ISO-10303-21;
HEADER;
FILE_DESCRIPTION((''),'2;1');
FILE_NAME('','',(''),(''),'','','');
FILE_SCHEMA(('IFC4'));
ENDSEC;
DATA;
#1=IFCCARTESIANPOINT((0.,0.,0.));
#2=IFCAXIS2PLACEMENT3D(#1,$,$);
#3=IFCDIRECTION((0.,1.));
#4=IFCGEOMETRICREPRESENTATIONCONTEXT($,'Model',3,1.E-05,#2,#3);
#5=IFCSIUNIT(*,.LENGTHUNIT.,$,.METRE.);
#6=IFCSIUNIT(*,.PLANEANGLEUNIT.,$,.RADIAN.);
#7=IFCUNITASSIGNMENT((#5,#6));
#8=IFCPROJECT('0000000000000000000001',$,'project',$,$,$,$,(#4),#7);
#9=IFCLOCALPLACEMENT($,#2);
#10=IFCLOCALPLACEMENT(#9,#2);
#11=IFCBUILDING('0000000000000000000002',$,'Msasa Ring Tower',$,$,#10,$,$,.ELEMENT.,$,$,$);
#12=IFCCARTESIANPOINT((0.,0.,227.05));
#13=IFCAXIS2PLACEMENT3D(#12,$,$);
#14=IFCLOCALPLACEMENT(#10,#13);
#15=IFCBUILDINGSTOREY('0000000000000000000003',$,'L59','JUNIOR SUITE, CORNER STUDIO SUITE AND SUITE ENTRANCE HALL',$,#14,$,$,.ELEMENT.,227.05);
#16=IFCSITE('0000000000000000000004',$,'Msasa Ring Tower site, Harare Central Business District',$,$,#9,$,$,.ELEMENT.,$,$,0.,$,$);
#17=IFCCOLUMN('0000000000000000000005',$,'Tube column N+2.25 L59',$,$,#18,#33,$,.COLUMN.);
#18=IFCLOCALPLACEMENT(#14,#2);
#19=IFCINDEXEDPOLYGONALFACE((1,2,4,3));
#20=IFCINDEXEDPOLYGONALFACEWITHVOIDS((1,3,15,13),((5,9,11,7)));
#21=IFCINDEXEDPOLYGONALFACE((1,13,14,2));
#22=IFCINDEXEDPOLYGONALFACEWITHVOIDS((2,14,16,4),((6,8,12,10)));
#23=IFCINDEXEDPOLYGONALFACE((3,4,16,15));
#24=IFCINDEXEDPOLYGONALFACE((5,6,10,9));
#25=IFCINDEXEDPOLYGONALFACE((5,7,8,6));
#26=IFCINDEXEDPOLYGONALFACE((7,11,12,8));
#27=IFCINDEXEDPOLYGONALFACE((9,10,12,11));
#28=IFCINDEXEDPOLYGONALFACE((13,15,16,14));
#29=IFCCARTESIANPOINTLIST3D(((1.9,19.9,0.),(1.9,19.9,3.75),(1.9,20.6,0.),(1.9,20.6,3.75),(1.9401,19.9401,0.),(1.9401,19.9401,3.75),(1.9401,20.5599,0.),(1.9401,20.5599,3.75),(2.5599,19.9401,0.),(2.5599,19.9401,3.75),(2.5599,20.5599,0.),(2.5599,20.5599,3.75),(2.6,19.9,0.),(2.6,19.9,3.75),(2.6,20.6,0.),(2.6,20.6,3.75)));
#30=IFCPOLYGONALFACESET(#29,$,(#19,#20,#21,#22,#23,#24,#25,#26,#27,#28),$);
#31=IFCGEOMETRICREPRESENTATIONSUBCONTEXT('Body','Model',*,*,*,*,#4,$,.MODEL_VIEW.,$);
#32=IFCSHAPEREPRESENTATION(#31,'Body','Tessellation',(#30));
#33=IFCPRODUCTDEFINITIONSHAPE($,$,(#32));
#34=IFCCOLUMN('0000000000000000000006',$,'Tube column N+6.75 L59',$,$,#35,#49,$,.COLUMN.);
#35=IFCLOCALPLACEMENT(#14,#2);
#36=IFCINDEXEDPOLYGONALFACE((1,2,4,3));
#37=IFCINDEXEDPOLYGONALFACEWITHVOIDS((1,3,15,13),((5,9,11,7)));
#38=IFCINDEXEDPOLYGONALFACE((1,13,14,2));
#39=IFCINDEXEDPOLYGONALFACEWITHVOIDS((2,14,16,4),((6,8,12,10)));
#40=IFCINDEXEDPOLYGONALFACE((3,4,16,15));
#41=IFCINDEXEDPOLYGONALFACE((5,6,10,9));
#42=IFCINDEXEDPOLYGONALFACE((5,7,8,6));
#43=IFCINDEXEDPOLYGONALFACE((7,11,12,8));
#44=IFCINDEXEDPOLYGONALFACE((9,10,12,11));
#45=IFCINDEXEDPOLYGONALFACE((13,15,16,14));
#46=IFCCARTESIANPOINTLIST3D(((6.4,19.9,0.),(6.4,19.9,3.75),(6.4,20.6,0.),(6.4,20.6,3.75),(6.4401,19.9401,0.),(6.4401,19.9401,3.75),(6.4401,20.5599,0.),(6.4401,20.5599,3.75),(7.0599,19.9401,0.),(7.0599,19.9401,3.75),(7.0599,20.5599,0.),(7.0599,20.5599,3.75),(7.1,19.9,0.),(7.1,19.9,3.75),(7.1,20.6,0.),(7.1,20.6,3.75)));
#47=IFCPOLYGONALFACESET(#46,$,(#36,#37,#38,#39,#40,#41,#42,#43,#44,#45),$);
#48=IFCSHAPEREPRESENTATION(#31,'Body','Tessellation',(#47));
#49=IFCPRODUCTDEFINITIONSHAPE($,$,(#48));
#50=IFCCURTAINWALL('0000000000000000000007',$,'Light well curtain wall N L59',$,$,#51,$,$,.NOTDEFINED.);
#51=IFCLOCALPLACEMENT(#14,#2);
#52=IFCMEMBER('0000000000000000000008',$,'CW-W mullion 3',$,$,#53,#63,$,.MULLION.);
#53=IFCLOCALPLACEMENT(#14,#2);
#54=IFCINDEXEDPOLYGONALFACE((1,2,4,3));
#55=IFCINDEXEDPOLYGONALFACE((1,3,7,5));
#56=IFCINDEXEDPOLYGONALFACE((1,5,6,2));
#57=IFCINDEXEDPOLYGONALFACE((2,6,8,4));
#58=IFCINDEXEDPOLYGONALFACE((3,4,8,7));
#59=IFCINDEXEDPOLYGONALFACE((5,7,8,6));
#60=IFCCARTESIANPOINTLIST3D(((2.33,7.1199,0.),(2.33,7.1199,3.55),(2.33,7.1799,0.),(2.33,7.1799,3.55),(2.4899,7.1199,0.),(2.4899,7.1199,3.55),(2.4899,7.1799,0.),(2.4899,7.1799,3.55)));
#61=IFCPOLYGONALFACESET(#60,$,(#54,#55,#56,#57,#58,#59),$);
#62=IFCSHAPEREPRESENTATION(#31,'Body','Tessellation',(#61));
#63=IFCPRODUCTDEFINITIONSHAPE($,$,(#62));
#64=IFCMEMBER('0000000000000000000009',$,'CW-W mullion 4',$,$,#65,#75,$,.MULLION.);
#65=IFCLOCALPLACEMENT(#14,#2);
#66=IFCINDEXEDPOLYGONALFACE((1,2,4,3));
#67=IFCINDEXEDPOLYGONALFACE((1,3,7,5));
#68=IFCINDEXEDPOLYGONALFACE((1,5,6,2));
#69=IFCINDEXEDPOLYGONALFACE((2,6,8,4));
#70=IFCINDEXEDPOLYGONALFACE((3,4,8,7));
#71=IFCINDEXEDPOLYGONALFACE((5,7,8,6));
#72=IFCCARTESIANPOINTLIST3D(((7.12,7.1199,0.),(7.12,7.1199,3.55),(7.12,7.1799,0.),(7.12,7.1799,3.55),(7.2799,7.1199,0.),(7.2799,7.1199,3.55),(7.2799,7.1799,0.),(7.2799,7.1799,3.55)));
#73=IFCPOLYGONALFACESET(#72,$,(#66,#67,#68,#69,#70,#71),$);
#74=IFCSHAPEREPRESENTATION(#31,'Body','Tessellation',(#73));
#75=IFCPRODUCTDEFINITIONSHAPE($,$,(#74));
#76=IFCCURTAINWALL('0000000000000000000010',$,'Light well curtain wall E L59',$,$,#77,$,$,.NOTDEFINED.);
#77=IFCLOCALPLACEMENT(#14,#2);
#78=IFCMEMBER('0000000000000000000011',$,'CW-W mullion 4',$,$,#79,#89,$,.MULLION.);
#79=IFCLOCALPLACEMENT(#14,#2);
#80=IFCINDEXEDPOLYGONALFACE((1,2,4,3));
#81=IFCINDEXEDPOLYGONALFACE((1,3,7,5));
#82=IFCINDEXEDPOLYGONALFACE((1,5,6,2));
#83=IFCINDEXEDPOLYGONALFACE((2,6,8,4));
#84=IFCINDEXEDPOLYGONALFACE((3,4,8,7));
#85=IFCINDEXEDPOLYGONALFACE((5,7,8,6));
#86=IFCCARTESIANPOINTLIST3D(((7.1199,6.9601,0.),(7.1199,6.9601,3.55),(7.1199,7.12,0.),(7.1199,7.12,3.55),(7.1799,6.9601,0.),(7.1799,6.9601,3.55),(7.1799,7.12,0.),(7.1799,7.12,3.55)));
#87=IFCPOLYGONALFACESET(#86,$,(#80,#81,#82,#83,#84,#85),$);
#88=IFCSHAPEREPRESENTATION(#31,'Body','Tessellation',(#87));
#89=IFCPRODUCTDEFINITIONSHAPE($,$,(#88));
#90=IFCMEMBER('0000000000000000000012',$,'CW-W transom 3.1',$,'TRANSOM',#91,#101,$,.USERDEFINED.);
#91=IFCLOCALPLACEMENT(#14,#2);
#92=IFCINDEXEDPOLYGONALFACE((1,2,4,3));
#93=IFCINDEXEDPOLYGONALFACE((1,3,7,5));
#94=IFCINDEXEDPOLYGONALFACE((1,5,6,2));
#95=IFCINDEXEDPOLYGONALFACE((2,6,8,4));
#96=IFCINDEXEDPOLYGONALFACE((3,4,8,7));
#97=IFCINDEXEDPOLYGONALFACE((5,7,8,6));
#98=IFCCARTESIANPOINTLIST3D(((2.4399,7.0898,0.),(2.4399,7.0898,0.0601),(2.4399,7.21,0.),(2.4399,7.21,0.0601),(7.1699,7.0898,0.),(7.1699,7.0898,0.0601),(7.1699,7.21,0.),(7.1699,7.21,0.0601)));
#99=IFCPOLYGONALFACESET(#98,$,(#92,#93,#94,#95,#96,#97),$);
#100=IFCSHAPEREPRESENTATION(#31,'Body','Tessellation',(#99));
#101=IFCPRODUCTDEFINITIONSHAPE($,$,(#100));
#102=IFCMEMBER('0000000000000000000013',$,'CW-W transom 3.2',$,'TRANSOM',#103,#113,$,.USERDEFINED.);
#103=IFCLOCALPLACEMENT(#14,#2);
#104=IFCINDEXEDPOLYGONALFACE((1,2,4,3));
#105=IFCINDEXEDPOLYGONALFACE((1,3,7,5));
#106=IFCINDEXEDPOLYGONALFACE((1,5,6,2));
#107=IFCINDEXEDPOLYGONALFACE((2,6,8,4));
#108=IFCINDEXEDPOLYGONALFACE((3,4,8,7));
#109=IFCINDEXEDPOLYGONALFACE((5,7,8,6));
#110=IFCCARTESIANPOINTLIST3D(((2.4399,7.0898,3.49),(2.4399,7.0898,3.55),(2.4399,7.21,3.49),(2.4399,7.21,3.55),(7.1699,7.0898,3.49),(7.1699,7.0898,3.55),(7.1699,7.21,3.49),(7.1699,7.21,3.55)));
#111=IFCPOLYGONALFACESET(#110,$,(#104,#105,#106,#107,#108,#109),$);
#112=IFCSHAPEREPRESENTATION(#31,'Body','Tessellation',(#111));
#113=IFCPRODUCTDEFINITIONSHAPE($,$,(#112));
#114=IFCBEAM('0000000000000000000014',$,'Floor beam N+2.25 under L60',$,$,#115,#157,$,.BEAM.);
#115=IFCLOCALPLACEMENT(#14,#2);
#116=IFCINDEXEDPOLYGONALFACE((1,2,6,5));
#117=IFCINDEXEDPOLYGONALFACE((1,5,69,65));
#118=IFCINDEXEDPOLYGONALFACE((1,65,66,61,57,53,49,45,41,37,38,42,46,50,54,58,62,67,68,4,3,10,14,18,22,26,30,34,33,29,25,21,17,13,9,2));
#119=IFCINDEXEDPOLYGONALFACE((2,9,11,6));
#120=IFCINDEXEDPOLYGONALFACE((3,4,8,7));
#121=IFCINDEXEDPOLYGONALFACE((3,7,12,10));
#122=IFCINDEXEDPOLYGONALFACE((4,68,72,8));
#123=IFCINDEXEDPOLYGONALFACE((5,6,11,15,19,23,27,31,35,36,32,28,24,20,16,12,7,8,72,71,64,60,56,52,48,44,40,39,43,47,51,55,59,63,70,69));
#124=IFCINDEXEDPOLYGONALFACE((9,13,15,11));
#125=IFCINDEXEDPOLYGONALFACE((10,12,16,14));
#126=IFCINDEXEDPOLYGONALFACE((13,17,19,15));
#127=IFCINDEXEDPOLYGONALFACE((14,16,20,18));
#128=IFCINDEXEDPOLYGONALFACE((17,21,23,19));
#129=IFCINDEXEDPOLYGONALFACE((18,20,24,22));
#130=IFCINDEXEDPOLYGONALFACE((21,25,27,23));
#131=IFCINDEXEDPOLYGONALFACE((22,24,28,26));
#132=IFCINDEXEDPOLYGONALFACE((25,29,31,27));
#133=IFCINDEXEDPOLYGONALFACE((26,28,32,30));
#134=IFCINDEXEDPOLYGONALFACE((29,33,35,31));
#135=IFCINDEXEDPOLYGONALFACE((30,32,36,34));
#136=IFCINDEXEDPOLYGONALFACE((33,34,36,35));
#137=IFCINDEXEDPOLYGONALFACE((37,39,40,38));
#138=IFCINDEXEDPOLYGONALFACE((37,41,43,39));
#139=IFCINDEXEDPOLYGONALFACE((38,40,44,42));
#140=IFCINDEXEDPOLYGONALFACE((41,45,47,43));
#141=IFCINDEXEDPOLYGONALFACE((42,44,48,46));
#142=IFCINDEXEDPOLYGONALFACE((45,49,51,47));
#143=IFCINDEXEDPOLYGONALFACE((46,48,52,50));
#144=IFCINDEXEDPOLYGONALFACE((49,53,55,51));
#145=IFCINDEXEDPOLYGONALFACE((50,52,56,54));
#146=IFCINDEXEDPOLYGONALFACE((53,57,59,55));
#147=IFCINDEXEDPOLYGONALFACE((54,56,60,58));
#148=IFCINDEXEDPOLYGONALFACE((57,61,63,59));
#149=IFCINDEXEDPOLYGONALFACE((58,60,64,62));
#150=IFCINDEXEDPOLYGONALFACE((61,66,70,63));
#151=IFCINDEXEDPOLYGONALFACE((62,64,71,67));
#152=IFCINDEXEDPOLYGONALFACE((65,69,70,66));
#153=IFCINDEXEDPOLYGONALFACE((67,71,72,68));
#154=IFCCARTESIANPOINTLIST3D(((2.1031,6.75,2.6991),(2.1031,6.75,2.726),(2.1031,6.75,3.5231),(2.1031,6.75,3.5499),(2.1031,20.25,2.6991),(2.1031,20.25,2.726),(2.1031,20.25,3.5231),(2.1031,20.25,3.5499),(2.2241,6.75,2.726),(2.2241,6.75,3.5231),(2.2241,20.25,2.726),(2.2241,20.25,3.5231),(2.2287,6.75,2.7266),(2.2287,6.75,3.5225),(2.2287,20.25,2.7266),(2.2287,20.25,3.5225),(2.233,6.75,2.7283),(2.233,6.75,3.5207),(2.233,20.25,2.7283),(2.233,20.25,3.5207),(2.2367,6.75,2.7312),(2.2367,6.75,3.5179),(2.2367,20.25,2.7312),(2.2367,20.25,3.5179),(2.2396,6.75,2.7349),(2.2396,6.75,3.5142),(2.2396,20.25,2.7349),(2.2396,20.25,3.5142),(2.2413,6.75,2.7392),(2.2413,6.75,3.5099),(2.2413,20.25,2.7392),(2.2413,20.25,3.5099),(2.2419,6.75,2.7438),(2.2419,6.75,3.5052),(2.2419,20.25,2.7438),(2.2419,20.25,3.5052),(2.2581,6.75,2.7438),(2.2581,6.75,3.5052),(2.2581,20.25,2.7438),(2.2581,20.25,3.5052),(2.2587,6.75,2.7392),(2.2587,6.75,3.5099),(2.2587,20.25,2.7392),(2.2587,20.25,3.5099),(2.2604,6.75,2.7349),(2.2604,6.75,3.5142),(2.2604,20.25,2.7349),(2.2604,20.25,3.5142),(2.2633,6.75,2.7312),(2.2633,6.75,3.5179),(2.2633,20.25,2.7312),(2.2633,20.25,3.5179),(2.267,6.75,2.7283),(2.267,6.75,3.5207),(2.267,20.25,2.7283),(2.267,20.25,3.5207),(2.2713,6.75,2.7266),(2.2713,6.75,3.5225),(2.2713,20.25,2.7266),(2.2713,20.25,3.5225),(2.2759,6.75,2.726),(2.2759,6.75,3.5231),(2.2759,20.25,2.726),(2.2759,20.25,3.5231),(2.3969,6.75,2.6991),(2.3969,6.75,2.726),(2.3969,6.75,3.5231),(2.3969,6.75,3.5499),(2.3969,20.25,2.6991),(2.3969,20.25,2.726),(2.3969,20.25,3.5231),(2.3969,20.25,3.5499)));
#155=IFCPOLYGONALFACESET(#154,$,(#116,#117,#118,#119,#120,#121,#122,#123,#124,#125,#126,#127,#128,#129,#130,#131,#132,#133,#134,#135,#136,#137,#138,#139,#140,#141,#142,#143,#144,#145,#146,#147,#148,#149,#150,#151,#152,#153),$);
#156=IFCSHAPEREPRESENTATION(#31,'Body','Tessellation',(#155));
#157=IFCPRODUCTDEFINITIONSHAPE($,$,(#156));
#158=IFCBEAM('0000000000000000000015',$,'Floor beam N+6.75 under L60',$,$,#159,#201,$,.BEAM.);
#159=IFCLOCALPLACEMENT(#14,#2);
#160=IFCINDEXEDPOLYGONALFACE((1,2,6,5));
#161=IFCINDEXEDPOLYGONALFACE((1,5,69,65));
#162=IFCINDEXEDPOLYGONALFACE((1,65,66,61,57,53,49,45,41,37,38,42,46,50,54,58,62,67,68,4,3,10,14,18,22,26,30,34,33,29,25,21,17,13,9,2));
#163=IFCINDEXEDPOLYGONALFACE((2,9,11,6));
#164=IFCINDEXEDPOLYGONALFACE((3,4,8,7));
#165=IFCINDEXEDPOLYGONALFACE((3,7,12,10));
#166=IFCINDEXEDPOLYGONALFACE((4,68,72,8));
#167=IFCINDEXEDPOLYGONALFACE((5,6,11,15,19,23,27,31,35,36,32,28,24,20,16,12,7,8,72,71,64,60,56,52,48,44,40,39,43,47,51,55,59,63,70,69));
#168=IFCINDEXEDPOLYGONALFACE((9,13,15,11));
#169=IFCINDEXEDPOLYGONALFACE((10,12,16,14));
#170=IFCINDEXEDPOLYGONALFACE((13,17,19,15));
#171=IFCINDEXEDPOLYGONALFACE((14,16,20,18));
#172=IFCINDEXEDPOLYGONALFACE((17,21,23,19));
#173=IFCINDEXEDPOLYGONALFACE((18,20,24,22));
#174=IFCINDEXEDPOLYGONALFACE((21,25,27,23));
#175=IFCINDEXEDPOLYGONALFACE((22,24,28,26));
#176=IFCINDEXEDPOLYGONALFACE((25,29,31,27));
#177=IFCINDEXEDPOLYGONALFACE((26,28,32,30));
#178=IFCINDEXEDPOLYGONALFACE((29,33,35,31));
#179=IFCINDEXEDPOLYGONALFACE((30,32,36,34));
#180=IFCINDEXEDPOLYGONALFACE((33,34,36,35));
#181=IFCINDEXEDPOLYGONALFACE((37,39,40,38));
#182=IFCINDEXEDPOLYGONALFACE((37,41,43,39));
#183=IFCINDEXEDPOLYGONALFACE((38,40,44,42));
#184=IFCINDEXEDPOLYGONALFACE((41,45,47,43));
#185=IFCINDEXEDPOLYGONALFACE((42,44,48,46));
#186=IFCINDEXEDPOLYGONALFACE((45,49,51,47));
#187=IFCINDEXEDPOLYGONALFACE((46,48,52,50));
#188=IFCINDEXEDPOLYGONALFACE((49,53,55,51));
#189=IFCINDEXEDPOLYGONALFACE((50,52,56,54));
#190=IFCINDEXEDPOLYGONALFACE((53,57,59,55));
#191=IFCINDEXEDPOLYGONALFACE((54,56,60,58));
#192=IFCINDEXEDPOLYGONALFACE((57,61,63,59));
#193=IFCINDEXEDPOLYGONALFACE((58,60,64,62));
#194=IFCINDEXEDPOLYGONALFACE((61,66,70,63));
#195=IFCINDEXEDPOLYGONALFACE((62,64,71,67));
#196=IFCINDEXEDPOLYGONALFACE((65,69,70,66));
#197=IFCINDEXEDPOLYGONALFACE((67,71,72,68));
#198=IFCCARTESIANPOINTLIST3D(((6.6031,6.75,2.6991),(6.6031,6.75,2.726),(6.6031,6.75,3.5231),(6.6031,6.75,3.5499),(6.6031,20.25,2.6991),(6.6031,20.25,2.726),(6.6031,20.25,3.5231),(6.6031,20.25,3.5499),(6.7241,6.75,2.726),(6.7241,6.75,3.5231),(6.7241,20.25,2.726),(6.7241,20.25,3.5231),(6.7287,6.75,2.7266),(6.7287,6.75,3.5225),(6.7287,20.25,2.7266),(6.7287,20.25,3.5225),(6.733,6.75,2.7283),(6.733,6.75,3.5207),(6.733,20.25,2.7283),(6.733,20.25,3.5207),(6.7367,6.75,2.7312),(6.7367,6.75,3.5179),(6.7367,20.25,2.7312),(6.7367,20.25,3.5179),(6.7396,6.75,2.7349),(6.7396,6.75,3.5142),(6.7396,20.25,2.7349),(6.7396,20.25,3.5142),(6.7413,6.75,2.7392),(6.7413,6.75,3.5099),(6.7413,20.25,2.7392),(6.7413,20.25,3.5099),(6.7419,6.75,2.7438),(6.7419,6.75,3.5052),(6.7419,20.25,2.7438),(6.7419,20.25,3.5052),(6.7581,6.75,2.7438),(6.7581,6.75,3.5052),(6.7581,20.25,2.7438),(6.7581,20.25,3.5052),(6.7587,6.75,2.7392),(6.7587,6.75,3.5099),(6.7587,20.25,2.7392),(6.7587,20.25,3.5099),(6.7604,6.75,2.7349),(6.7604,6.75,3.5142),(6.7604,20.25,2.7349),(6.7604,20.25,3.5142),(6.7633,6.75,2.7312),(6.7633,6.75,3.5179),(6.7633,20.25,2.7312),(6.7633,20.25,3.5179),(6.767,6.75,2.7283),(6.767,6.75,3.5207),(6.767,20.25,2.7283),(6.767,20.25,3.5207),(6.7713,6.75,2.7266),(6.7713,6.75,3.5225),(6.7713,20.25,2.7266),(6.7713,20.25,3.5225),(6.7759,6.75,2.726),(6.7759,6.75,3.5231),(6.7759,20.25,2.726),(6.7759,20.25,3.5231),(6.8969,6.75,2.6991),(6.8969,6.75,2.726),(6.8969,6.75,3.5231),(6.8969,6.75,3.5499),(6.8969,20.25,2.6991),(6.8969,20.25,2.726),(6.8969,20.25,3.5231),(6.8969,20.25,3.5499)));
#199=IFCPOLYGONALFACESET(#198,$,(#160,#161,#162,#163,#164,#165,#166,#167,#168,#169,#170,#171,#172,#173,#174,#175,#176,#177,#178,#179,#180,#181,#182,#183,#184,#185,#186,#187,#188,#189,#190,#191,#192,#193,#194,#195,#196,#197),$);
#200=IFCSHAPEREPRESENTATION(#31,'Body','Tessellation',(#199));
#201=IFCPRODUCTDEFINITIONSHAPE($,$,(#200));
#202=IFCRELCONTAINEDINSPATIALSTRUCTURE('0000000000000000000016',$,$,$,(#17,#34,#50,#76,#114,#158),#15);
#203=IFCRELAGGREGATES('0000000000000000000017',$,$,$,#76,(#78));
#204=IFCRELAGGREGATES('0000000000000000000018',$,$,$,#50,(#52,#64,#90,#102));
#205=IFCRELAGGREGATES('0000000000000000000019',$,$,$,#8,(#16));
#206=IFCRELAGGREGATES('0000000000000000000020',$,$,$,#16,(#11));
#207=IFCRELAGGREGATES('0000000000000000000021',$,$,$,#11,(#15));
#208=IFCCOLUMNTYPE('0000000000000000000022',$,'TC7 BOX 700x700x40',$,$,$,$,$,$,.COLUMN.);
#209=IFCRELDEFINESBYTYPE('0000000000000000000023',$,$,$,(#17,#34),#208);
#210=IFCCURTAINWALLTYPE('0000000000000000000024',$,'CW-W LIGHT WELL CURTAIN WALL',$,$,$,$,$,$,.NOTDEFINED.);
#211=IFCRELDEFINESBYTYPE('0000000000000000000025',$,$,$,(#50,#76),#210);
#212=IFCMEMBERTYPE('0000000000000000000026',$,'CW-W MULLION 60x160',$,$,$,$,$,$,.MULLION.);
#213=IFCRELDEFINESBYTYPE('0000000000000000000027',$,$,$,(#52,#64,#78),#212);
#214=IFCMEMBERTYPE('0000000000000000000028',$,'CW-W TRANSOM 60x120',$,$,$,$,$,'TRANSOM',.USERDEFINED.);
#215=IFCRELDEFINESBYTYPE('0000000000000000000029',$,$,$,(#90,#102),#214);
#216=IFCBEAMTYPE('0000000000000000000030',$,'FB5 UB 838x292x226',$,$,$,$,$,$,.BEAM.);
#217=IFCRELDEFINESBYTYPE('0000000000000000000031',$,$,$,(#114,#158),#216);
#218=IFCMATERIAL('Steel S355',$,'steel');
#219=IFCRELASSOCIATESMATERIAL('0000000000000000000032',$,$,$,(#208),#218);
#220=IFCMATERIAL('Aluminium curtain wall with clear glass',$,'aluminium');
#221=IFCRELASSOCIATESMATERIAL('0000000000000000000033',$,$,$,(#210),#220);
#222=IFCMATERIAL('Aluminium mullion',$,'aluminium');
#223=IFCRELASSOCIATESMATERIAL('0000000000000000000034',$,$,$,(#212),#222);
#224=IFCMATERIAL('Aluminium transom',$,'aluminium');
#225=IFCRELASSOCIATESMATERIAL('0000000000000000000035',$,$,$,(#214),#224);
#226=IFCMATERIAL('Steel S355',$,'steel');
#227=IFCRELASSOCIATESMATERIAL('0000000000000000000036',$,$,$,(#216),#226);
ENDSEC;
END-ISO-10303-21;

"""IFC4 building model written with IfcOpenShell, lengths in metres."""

from ifc_helpers import new_model, si_unit, direction, frame, origin, origin_2d, place, context, subcontext, project, spatial, rectangle, hollow_rectangle, i_section, extrude, material, material_profile, profile_set, type_object, element, aggregate, save


model = new_model("IFC4")

# Units and contexts
model_context = context("Model", 3, precision=1e-05, world=origin(), true_north=direction((0.0, 1.0)))
body_context = subcontext(model_context, "Body", "Model", "MODEL_VIEW")
ifc_project = project(units=[si_unit("LENGTHUNIT", "METRE"), si_unit("PLANEANGLEUNIT", "RADIAN")], contexts=[model_context])

# Site, building, storey
site_placement = place(None, origin())
site = spatial("IfcSite", under=ifc_project, at=site_placement, Name="Msasa Ring Tower site, Harare Central Business District", CompositionType="ELEMENT", RefElevation=0.0)
building_placement = place(site_placement, origin())
building = spatial("IfcBuilding", under=site, at=building_placement, Name="Msasa Ring Tower", CompositionType="ELEMENT")
storey_placement = place(building_placement, frame((0.0, 0.0, 227.05)))
storey = spatial("IfcBuildingStorey", under=building, at=storey_placement, Name="L59", Description="JUNIOR SUITE, CORNER STUDIO SUITE AND SUITE ENTRANCE HALL", CompositionType="ELEMENT", Elevation=227.05)

# Columns
ifc_material_1 = material(Name="Steel S355", Category="steel")
ifc_material_profile_1 = material_profile(ifc_material_1, hollow_rectangle(XDim=0.7, YDim=0.7, WallThickness=0.04, at=origin_2d()), Name="BOX 700x700x40")
ifc_profile_set_1 = profile_set([ifc_material_profile_1], Name="Steel S355")
column_type = type_object("IfcColumnType", Name="TC7 BOX 700x700x40", PredefinedType="COLUMN", material=ifc_profile_set_1)
for number, where, z_axis, x_axis, name in (
    (1, (2.25, 20.25, 0.0), (0.0, 0.0, 1.0), (0.0, 1.0, 0.0), "Tube column N+2.25 L59"),
    (2, (6.75, 20.25, 0.0), (0.0, 0.0, 1.0), (0.0, 1.0, 0.0), "Tube column N+6.75 L59"),
):
    element("IfcColumn", number, at=place(storey_placement, frame(where, z_axis=z_axis, x_axis=x_axis)), inside=storey, type_object=column_type, Name=name, PredefinedType="COLUMN", context=body_context, shape_type="SweptSolid", body=[
        extrude(hollow_rectangle(XDim=0.7, YDim=0.7, WallThickness=0.04, at=origin_2d()), origin(), (0.0, 0.0, 1.0), 3.75),
    ])

# Curtain wall, members
ifc_material_2 = material(Name="Aluminium curtain wall with clear glass", Category="aluminium")
curtain_wall_type = type_object("IfcCurtainWallType", Name="CW-W LIGHT WELL CURTAIN WALL", PredefinedType="NOTDEFINED", material=ifc_material_2)
curtain_wall_1_placement = place(storey_placement, origin())
curtain_wall_1 = element("IfcCurtainWall", 3, at=curtain_wall_1_placement, inside=storey, type_object=curtain_wall_type, Name="Light well curtain wall N L59", PredefinedType="NOTDEFINED")
ifc_material_3 = material(Name="Aluminium mullion", Category="aluminium")
ifc_material_profile_2 = material_profile(ifc_material_3, rectangle(XDim=0.0601, YDim=0.1599, at=origin_2d()), Name="AL 60x160")
ifc_profile_set_2 = profile_set([ifc_material_profile_2], Name="Aluminium mullion")
member_type_1 = type_object("IfcMemberType", Name="CW-W MULLION 60x160", PredefinedType="MULLION", material=ifc_profile_set_2)
member_1_placement = place(storey_placement, frame((2.4099, 7.1499, 0.0), z_axis=(0.0, 0.0, 1.0), x_axis=(0.0, 1.0, 0.0)))
member_1 = element("IfcMember", 4, at=member_1_placement, type_object=member_type_1, Name="CW-W mullion 3", PredefinedType="MULLION", context=body_context, shape_type="SweptSolid", body=[
    extrude(rectangle(XDim=0.0601, YDim=0.1599, at=origin_2d()), origin(), (0.0, 0.0, 1.0), 3.55),
])
member_2_placement = place(storey_placement, frame((7.2, 7.1499, 0.0), z_axis=(0.0, 0.0, 1.0), x_axis=(0.0, 1.0, 0.0)))
member_2 = element("IfcMember", 5, at=member_2_placement, type_object=member_type_1, Name="CW-W mullion 4", PredefinedType="MULLION", context=body_context, shape_type="SweptSolid", body=[
    extrude(rectangle(XDim=0.0601, YDim=0.1599, at=origin_2d()), origin(), (0.0, 0.0, 1.0), 3.55),
])

# Curtain wall, member
curtain_wall_2_placement = place(storey_placement, origin())
curtain_wall_2 = element("IfcCurtainWall", 6, at=curtain_wall_2_placement, inside=storey, type_object=curtain_wall_type, Name="Light well curtain wall E L59", PredefinedType="NOTDEFINED")
member_3_placement = place(storey_placement, frame((7.1499, 7.04, 0.0), z_axis=(0.0, 0.0, 1.0), x_axis=(-1.0, 0.0, 0.0)))
member_3 = element("IfcMember", 7, at=member_3_placement, type_object=member_type_1, Name="CW-W mullion 4", PredefinedType="MULLION", context=body_context, shape_type="SweptSolid", body=[
    extrude(rectangle(XDim=0.0601, YDim=0.1599, at=origin_2d()), origin(), (0.0, 0.0, 1.0), 3.55),
])
aggregate(curtain_wall_2, [member_3])

# Members
ifc_material_4 = material(Name="Aluminium transom", Category="aluminium")
ifc_material_profile_3 = material_profile(ifc_material_4, rectangle(XDim=0.1201, YDim=0.0601, at=origin_2d()), Name="AL 60x120")
ifc_profile_set_3 = profile_set([ifc_material_profile_3], Name="Aluminium transom")
member_type_2 = type_object("IfcMemberType", Name="CW-W TRANSOM 60x120", ElementType="TRANSOM", PredefinedType="USERDEFINED", material=ifc_profile_set_3)
member_4_placement = place(storey_placement, frame((2.4399, 7.1499, 0.03), z_axis=(1.0, 0.0, 0.0), x_axis=(0.0, 1.0, 0.0)))
member_4 = element("IfcMember", 8, at=member_4_placement, type_object=member_type_2, Name="CW-W transom 3.1", ObjectType="TRANSOM", PredefinedType="USERDEFINED", context=body_context, shape_type="SweptSolid", body=[
    extrude(rectangle(XDim=0.1201, YDim=0.0601, at=origin_2d()), origin(), (0.0, 0.0, 1.0), 4.73),
])
member_5_placement = place(storey_placement, frame((2.4399, 7.1499, 3.52), z_axis=(1.0, 0.0, 0.0), x_axis=(0.0, 1.0, 0.0)))
member_5 = element("IfcMember", 9, at=member_5_placement, type_object=member_type_2, Name="CW-W transom 3.2", ObjectType="TRANSOM", PredefinedType="USERDEFINED", context=body_context, shape_type="SweptSolid", body=[
    extrude(rectangle(XDim=0.1201, YDim=0.0601, at=origin_2d()), origin(), (0.0, 0.0, 1.0), 4.73),
])

# Beams
ifc_material_5 = material(Name="Steel S355", Category="steel")
ifc_material_profile_4 = material_profile(ifc_material_5, i_section(OverallWidth=0.2937, OverallDepth=0.8508, WebThickness=0.0161, FlangeThickness=0.0269, FilletRadius=0.0178, at=origin_2d()), Name="UB 838x292x226")
ifc_profile_set_4 = profile_set([ifc_material_profile_4], Name="Steel S355")
beam_type_1 = type_object("IfcBeamType", Name="FB5 UB 838x292x226", PredefinedType="BEAM", material=ifc_profile_set_4)
for number, where, z_axis, x_axis, name in (
    (10, (2.25, 20.25, 3.1245), (0.0, -1.0, 0.0), (1.0, 0.0, 0.0), "Floor beam N+2.25 under L60"),
    (11, (6.75, 20.25, 3.1245), (0.0, -1.0, 0.0), (1.0, 0.0, 0.0), "Floor beam N+6.75 under L60"),
):
    element("IfcBeam", number, at=place(storey_placement, frame(where, z_axis=z_axis, x_axis=x_axis)), inside=storey, type_object=beam_type_1, Name=name, PredefinedType="BEAM", context=body_context, shape_type="SweptSolid", body=[
        extrude(i_section(OverallWidth=0.2937, OverallDepth=0.8508, WebThickness=0.0161, FlangeThickness=0.0269, FilletRadius=0.0178, at=origin_2d()), origin(), (0.0, 0.0, 1.0), 13.5),
    ])

aggregate(curtain_wall_1, [member_1, member_2, member_4, member_5])

save(model, "model.ifc")
